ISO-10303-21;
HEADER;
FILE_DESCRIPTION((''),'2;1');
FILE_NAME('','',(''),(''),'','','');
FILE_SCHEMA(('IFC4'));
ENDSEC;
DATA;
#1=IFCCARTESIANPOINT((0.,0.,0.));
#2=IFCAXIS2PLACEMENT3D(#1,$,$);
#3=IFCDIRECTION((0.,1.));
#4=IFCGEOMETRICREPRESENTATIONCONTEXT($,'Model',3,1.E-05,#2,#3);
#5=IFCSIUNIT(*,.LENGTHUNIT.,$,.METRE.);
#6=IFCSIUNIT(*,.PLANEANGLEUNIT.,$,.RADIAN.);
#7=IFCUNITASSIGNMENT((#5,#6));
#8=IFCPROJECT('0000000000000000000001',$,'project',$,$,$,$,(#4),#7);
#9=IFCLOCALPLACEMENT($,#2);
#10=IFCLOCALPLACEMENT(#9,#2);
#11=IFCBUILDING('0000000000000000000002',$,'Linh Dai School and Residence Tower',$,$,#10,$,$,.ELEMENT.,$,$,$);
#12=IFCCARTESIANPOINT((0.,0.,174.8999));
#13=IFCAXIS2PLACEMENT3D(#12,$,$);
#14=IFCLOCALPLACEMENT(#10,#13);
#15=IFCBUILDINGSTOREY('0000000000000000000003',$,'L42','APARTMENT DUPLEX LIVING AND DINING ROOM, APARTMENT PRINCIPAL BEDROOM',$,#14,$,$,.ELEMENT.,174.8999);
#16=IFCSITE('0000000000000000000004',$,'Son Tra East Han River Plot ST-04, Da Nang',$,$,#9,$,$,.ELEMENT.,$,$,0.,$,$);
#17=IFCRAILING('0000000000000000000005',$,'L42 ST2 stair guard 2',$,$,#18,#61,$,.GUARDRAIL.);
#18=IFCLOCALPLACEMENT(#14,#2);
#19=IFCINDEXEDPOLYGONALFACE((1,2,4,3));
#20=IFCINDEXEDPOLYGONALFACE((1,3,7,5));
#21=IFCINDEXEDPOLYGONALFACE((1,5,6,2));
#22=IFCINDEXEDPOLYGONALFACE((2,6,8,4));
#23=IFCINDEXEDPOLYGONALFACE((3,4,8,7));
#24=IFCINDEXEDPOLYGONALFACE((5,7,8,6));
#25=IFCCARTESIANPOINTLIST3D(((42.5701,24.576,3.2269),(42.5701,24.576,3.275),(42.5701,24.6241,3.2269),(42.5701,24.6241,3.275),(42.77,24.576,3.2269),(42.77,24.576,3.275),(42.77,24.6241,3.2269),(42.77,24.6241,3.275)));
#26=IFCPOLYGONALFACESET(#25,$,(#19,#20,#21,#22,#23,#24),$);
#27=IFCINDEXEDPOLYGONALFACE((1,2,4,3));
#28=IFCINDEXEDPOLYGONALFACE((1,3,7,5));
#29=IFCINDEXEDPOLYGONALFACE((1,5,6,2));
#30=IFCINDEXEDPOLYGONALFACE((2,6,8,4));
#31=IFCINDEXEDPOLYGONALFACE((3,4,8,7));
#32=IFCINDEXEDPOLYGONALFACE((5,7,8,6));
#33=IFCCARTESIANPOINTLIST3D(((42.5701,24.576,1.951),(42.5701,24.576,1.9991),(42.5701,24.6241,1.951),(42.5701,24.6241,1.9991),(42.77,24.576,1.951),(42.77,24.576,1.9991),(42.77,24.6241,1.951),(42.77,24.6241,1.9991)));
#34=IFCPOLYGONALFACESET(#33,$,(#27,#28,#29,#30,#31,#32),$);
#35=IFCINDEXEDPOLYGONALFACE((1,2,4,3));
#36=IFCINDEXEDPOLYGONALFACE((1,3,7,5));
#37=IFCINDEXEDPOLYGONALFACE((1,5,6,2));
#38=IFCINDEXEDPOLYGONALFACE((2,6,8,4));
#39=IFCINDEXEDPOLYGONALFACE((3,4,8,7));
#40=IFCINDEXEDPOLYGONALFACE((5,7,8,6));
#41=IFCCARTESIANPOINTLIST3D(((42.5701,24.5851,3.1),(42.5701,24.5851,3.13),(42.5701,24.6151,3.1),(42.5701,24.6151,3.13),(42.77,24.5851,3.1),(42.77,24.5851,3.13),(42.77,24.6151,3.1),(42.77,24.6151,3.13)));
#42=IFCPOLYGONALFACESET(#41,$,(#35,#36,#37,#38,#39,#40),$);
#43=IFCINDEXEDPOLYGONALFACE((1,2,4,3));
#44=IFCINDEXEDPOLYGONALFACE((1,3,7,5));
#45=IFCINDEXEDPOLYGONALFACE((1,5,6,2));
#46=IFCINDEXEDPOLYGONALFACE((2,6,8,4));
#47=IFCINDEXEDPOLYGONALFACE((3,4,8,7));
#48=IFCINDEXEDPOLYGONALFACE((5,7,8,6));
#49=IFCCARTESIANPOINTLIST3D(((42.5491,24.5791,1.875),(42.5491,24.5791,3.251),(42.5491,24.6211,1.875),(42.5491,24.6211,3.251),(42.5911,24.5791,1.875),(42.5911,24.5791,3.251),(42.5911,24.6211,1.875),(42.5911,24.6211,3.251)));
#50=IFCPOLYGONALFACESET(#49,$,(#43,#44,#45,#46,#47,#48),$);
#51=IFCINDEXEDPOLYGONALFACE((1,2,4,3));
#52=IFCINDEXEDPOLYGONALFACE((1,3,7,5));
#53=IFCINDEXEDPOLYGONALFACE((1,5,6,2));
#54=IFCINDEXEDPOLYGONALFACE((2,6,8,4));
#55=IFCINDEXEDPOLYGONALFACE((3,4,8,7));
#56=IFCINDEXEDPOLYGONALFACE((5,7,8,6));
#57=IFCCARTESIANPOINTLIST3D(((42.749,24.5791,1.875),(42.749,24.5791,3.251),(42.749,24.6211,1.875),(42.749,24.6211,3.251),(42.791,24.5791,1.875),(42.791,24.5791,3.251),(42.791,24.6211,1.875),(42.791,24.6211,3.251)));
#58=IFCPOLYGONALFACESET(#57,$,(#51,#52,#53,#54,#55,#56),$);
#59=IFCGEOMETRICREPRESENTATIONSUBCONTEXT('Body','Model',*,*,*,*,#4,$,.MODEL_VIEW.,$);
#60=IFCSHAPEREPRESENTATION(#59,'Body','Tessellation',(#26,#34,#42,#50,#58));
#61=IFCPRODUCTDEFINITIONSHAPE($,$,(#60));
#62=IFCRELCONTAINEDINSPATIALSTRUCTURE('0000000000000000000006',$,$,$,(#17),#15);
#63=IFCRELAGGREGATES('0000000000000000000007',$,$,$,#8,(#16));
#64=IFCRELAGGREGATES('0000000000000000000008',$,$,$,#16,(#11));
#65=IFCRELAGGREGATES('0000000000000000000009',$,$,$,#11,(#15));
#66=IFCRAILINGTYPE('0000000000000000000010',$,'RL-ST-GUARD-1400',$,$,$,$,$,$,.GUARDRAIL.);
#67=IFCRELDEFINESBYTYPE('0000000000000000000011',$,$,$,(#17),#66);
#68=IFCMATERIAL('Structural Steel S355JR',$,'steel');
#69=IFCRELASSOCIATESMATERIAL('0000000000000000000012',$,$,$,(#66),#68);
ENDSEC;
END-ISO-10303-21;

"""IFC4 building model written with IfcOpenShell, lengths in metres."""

from ifc_helpers import new_model, si_unit, direction, frame, origin, origin_2d, place, context, subcontext, project, spatial, rectangle, extrude, source, transform, mapped, material, type_object, element, save


model = new_model("IFC4")

# Units and contexts
model_context = context("Model", 3, precision=1e-05, world=origin(), true_north=direction((0.0, 1.0)))
body_context = subcontext(model_context, "Body", "Model", "MODEL_VIEW")
ifc_project = project(units=[si_unit("LENGTHUNIT", "METRE"), si_unit("PLANEANGLEUNIT", "RADIAN")], contexts=[model_context])

# Site, building, storey
site_placement = place(None, origin())
site = spatial("IfcSite", under=ifc_project, at=site_placement, Name="Son Tra East Han River Plot ST-04, Da Nang", CompositionType="ELEMENT", RefElevation=0.0)
building_placement = place(site_placement, origin())
building = spatial("IfcBuilding", under=site, at=building_placement, Name="Linh Dai School and Residence Tower", CompositionType="ELEMENT")
storey_placement = place(building_placement, frame((0.0, 0.0, 174.8999)))
storey = spatial("IfcBuildingStorey", under=building, at=storey_placement, Name="L42", Description="APARTMENT DUPLEX LIVING AND DINING ROOM, APARTMENT PRINCIPAL BEDROOM", CompositionType="ELEMENT", Elevation=174.8999)

# Shared definitions
ifc_material_1 = material(Name="Structural Steel S355JR", Category="steel")

# Railing
railing_type_1 = type_object("IfcRailingType", Name="RL-ST-GUARD-1400", PredefinedType="GUARDRAIL", material=ifc_material_1)
shared_shape_1 = source(origin(), body_context, "Body", "SweptSolid", [
    extrude(rectangle(XDim=0.0481, YDim=0.0481, at=origin_2d()), frame((0.0, 0.0, 1.376), z_axis=(1.0, 0.0, 0.0), x_axis=(0.0, 1.0, 0.0)), (0.0, 0.0, 1.0), 0.2),
    extrude(rectangle(XDim=0.0481, YDim=0.0481, at=origin_2d()), frame((0.0, 0.0, 0.1001), z_axis=(1.0, 0.0, 0.0), x_axis=(0.0, 1.0, 0.0)), (0.0, 0.0, 1.0), 0.2),
    extrude(rectangle(XDim=0.03, YDim=0.03, at=origin_2d()), frame((0.0, 0.0, 1.24), z_axis=(1.0, 0.0, 0.0), x_axis=(0.0, 1.0, 0.0)), (0.0, 0.0, 1.0), 0.2),
    extrude(rectangle(XDim=0.042, YDim=0.042, at=origin_2d()), origin(), (0.0, 0.0, 1.0), 1.376),
    extrude(rectangle(XDim=0.042, YDim=0.042, at=origin_2d()), frame((0.2, 0.0, 0.0)), (0.0, 0.0, 1.0), 1.376),
])
railing_1_placement = place(storey_placement, frame((42.5701, 24.6001, 1.875)))
element("IfcRailing", 1, at=railing_1_placement, inside=storey, type_object=railing_type_1, Name="L42 ST2 stair guard 2", PredefinedType="GUARDRAIL", context=body_context, shape_type="MappedRepresentation", body=[
    mapped(shared_shape_1, transform((0.0, 0.0, 0.0), x_axis=(1.0, 0.0, 0.0), y_axis=(0.0, 1.0, 0.0), z_axis=(0.0, 0.0, 1.0), scale=1.0)),
])

save(model, "model.ifc")
